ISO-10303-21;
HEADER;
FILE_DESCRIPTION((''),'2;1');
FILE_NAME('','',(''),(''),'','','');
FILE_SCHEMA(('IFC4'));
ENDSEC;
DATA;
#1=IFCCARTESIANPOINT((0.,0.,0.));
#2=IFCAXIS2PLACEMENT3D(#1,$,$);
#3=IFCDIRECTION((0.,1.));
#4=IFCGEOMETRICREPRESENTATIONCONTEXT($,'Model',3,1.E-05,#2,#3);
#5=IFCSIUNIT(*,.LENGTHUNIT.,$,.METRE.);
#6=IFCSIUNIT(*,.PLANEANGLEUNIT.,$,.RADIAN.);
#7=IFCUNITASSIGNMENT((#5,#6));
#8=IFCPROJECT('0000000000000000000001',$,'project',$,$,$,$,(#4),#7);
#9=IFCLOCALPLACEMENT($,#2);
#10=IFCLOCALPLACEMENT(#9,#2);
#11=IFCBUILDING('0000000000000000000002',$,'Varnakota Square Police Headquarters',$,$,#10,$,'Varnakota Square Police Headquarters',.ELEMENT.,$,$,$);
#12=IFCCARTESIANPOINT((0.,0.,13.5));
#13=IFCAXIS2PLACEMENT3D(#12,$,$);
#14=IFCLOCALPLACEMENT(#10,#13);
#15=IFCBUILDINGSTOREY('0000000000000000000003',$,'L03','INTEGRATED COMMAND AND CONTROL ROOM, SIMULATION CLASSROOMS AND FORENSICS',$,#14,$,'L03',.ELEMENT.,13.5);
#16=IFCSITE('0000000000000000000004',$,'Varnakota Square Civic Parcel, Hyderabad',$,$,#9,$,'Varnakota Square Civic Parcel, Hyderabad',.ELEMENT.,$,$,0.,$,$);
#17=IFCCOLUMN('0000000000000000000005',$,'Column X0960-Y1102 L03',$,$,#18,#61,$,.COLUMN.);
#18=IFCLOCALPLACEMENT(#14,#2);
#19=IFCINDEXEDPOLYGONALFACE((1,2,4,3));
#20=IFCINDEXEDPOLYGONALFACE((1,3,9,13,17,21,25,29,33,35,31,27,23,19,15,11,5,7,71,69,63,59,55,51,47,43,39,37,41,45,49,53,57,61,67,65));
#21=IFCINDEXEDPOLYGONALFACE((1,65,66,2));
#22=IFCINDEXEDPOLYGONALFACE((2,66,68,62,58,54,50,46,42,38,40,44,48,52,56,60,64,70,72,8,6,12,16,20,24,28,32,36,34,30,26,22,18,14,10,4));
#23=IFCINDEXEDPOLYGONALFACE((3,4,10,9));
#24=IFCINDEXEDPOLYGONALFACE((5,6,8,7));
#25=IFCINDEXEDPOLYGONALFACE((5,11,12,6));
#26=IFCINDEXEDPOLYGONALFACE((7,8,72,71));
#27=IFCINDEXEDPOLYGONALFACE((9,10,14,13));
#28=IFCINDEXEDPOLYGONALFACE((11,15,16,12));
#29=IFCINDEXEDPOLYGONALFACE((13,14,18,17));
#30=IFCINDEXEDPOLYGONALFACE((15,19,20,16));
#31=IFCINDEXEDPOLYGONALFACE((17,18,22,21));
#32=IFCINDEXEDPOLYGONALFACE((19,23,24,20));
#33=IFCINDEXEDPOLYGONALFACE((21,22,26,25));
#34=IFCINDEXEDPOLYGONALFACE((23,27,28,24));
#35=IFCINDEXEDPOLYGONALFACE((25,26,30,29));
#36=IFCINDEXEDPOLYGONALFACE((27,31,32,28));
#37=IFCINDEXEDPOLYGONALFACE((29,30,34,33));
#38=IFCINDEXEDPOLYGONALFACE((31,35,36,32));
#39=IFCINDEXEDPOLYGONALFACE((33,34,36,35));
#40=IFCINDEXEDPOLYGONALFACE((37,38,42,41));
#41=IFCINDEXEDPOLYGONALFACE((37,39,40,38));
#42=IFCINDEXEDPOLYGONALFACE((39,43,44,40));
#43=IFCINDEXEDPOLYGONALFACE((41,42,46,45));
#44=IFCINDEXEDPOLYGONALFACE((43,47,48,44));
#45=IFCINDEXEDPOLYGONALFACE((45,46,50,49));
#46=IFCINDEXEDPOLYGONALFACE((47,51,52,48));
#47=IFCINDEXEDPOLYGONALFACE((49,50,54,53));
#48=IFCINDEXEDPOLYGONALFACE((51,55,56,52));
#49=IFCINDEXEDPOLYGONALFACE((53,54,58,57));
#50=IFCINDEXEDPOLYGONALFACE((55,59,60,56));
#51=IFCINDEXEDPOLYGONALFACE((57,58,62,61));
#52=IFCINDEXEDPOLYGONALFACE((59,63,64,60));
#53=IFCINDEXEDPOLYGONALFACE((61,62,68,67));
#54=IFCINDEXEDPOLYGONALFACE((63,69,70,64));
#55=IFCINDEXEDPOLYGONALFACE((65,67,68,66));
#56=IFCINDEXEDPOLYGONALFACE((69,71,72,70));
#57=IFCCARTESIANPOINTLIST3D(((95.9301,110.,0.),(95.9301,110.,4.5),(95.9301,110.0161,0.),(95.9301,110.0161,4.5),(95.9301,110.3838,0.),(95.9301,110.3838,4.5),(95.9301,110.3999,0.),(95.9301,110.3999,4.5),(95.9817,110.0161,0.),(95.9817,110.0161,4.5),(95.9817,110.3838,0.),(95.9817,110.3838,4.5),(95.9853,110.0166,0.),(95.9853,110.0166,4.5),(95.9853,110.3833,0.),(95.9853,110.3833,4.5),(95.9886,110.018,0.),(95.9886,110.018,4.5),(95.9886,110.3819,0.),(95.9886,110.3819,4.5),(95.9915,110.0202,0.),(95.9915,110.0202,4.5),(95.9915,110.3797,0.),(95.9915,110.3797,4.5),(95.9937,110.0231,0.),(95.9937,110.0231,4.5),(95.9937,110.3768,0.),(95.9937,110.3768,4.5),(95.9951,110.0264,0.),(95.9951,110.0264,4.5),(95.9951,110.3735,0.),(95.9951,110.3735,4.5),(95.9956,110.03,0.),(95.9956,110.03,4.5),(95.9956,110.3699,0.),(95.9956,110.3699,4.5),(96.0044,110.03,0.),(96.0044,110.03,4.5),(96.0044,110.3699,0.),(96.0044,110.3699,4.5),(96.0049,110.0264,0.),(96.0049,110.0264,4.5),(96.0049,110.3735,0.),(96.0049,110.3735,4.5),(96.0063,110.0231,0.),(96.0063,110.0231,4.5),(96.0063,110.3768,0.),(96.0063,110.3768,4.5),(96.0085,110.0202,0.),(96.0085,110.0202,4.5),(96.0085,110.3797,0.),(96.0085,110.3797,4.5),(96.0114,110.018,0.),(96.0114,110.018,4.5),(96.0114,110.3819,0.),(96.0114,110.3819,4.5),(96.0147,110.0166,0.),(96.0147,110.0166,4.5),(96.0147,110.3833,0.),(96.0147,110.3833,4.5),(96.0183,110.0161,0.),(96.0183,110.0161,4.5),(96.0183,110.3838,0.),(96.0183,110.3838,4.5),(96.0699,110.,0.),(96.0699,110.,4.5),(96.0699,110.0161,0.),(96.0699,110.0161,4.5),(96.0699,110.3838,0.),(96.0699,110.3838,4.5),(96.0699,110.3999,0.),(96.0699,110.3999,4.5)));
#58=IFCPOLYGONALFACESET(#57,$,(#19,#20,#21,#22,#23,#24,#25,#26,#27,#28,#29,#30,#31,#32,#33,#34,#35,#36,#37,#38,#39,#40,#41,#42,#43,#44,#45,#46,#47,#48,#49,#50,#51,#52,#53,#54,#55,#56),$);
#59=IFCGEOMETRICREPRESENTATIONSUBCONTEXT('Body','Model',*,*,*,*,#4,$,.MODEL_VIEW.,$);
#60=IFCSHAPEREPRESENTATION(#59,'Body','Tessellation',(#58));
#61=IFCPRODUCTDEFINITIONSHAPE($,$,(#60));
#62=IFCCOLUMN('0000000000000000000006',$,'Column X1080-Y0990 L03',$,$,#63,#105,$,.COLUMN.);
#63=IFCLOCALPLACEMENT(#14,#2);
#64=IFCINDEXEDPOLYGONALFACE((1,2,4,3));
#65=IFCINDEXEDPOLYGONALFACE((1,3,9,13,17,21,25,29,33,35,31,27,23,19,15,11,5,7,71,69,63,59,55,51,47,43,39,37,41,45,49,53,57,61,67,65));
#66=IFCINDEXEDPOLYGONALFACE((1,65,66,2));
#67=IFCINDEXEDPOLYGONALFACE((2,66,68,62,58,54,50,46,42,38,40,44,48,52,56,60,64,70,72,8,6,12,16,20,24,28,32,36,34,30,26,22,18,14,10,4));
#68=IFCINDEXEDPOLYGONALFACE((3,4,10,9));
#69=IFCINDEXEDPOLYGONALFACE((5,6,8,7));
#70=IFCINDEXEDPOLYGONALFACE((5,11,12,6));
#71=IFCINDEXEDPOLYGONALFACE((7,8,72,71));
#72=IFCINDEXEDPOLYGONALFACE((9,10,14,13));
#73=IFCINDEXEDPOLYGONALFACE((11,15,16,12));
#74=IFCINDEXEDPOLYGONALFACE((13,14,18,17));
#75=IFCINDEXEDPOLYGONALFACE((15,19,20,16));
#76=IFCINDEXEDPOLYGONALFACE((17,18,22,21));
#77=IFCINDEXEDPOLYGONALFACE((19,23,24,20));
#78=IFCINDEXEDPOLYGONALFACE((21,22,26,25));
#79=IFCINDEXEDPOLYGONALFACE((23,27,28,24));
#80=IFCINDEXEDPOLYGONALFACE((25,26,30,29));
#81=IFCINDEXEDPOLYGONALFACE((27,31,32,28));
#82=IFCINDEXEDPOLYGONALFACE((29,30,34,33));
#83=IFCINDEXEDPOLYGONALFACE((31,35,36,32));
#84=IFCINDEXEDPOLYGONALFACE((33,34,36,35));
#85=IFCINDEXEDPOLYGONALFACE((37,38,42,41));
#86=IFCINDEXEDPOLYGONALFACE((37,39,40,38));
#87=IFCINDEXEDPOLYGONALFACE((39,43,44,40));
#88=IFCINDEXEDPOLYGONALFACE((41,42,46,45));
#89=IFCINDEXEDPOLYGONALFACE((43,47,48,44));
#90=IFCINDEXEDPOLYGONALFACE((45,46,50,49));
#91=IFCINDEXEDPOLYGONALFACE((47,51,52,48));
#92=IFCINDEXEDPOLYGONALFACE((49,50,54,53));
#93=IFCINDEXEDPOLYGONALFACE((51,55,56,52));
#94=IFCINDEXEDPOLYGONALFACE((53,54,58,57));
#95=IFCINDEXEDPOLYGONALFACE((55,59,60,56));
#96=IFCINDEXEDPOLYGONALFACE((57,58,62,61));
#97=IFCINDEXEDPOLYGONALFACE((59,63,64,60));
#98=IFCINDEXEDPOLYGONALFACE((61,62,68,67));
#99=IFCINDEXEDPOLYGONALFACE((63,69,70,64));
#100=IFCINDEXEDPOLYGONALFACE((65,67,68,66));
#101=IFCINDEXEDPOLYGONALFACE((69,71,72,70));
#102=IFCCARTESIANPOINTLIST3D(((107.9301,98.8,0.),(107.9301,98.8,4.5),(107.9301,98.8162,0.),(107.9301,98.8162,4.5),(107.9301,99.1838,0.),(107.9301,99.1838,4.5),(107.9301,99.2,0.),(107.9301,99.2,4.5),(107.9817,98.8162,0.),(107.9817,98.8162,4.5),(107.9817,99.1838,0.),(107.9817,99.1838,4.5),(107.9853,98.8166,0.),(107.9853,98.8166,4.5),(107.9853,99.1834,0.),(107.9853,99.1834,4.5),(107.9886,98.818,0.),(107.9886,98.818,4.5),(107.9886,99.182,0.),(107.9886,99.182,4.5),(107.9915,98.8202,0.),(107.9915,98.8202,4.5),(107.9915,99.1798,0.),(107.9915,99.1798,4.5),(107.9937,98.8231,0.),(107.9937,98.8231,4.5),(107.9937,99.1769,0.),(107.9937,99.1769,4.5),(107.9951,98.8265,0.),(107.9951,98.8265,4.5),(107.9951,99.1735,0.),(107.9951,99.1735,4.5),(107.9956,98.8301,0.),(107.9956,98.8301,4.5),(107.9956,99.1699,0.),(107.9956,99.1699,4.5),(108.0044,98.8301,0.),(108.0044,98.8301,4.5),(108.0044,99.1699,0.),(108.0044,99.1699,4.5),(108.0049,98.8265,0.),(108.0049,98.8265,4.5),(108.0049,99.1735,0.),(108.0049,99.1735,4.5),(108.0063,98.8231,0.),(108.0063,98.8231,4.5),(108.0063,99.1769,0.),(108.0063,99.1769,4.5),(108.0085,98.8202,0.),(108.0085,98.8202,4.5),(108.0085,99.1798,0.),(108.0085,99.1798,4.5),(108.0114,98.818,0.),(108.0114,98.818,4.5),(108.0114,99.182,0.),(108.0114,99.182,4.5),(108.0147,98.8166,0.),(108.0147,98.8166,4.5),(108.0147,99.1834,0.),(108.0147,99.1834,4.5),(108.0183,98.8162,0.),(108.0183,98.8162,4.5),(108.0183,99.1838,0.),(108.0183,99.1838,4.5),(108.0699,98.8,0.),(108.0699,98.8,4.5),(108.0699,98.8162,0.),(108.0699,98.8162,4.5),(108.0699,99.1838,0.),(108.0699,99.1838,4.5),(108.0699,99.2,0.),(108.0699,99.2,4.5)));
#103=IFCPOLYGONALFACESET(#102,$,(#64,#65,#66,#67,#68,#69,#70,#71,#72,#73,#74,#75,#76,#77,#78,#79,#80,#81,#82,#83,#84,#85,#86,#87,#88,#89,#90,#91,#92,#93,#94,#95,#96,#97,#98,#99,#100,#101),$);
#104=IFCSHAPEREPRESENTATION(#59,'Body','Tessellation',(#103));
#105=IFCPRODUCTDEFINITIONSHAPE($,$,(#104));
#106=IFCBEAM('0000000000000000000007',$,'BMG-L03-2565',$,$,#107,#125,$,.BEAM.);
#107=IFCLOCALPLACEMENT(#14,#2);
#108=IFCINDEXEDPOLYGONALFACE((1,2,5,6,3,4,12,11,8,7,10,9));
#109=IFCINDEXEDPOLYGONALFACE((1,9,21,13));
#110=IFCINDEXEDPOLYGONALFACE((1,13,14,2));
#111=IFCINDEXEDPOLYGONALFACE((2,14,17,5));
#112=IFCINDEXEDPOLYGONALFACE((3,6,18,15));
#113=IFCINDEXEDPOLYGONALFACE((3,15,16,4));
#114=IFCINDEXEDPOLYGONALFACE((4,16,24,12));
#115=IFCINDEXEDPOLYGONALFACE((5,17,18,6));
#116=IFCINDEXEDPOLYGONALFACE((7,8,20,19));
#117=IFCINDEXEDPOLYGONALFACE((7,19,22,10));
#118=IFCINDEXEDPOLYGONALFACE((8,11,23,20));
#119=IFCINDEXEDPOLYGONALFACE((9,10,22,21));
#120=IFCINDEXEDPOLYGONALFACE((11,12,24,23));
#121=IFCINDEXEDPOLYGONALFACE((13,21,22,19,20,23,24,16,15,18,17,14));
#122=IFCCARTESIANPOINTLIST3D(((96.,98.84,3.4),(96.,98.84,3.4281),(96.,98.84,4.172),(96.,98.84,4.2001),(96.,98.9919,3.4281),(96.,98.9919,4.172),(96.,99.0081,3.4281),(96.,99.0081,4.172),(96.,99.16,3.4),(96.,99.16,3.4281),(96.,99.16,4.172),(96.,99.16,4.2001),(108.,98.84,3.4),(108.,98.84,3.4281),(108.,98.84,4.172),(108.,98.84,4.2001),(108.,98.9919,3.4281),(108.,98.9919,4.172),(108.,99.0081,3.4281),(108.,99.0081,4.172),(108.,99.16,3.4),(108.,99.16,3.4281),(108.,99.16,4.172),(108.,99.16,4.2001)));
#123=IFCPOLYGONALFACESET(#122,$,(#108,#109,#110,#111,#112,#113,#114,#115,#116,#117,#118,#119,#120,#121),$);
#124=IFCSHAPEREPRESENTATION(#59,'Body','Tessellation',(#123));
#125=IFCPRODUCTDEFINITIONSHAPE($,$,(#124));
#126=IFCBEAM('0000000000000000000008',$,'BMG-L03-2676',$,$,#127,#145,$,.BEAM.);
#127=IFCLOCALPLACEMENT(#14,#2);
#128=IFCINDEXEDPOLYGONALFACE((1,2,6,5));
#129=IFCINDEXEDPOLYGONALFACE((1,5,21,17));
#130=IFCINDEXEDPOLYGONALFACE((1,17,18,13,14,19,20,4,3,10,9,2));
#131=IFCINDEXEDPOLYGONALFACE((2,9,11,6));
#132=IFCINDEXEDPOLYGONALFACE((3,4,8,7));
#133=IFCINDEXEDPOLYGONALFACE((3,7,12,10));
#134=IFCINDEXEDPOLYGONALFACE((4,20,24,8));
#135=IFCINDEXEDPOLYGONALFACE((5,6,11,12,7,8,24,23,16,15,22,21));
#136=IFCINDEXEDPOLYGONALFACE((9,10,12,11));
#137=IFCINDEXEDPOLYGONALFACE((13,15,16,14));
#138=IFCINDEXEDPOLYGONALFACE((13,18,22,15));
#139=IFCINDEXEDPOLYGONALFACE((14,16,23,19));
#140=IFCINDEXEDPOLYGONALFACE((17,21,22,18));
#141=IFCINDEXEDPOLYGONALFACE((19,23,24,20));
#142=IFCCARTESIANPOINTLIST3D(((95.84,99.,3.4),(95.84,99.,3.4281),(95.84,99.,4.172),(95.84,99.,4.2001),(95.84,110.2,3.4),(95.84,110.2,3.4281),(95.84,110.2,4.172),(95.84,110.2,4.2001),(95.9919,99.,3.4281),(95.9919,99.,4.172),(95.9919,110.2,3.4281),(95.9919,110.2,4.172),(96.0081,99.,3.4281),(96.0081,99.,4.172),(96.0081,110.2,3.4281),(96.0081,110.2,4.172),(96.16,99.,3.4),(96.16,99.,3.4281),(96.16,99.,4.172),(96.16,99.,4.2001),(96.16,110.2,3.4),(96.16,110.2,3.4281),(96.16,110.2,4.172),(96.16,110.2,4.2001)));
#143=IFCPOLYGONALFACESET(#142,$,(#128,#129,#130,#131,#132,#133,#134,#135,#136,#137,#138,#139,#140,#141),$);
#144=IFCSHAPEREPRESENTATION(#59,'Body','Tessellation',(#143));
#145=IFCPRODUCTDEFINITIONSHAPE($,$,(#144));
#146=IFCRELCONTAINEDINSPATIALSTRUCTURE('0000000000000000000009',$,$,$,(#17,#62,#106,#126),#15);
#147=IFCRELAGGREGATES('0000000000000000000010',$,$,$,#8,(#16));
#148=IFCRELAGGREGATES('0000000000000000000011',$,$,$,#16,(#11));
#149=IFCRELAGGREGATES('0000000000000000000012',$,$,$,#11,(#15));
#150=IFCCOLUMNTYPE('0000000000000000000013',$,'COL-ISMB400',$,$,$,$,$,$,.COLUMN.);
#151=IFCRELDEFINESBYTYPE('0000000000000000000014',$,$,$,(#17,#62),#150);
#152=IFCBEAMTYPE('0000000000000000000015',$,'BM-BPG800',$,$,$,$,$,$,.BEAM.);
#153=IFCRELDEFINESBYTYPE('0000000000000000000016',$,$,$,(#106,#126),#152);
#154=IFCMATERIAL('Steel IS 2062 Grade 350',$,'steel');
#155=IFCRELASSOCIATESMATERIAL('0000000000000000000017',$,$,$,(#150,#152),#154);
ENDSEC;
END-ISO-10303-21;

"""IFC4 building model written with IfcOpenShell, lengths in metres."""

from ifc_helpers import new_model, si_unit, direction, frame, origin, origin_2d, place, context, subcontext, project, spatial, i_section, extrude, material, material_profile, profile_set, type_object, element, save


model = new_model("IFC4")

# Units and contexts
model_context = context("Model", 3, precision=1e-05, world=origin(), true_north=direction((0.0, 1.0)))
body_context = subcontext(model_context, "Body", "Model", "MODEL_VIEW")
ifc_project = project(units=[si_unit("LENGTHUNIT", "METRE"), si_unit("PLANEANGLEUNIT", "RADIAN")], contexts=[model_context])

# Site, building, storey
site_placement = place(None, origin())
site = spatial("IfcSite", under=ifc_project, at=site_placement, Name="Varnakota Square Civic Parcel, Hyderabad", LongName="Varnakota Square Civic Parcel, Hyderabad", CompositionType="ELEMENT", RefElevation=0.0)
building_placement = place(site_placement, origin())
building = spatial("IfcBuilding", under=site, at=building_placement, Name="Varnakota Square Police Headquarters", LongName="Varnakota Square Police Headquarters", CompositionType="ELEMENT")
storey_placement = place(building_placement, frame((0.0, 0.0, 13.5)))
storey = spatial("IfcBuildingStorey", under=building, at=storey_placement, Name="L03", Description="INTEGRATED COMMAND AND CONTROL ROOM, SIMULATION CLASSROOMS AND FORENSICS", LongName="L03", CompositionType="ELEMENT", Elevation=13.5)

# Columns
ifc_material_1 = material(Name="Steel IS 2062 Grade 350", Category="steel")
ifc_material_profile_1 = material_profile(ifc_material_1, i_section(OverallWidth=0.1399, OverallDepth=0.3999, WebThickness=0.0088, FlangeThickness=0.0161, FilletRadius=0.0139, at=origin_2d()), Name="ISMB 400")
ifc_profile_set_1 = profile_set([ifc_material_profile_1], Name="Steel IS 2062 Grade 350")
column_type_1 = type_object("IfcColumnType", Name="COL-ISMB400", PredefinedType="COLUMN", material=ifc_profile_set_1)
for number, where, z_axis, x_axis, name in (
    (1, (96.0, 110.2, 0.0), (0.0, 0.0, 1.0), (1.0, 0.0, 0.0), "Column X0960-Y1102 L03"),
    (2, (108.0, 99.0, 0.0), (0.0, 0.0, 1.0), (1.0, 0.0, 0.0), "Column X1080-Y0990 L03"),
):
    element("IfcColumn", number, at=place(storey_placement, frame(where, z_axis=z_axis, x_axis=x_axis)), inside=storey, type_object=column_type_1, Name=name, PredefinedType="COLUMN", context=body_context, shape_type="SweptSolid", body=[
        extrude(i_section(OverallWidth=0.1399, OverallDepth=0.3999, WebThickness=0.0088, FlangeThickness=0.0161, FilletRadius=0.0139, at=origin_2d()), origin(), (0.0, 0.0, 1.0), 4.5),
    ])

# Beams
ifc_material_profile_2 = material_profile(ifc_material_1, i_section(OverallWidth=0.3201, OverallDepth=0.8, WebThickness=0.0161, FlangeThickness=0.0281, at=origin_2d()), Name="BPG 800x320")
ifc_profile_set_2 = profile_set([ifc_material_profile_2], Name="Steel IS 2062 Grade 350")
beam_type_1 = type_object("IfcBeamType", Name="BM-BPG800", PredefinedType="BEAM", material=ifc_profile_set_2)
beam_1_placement = place(storey_placement, frame((96.0, 99.0, 3.8), z_axis=(1.0, 0.0, 0.0), x_axis=(0.0, 1.0, 0.0)))
element("IfcBeam", 3, at=beam_1_placement, inside=storey, type_object=beam_type_1, Name="BMG-L03-2565", PredefinedType="BEAM", context=body_context, shape_type="SweptSolid", body=[
    extrude(i_section(OverallWidth=0.3201, OverallDepth=0.8, WebThickness=0.0161, FlangeThickness=0.0281, at=origin_2d()), origin(), (0.0, 0.0, 1.0), 12.0),
])
beam_2_placement = place(storey_placement, frame((96.0, 99.0, 3.8), z_axis=(0.0, 1.0, 0.0), x_axis=(-1.0, 0.0, 0.0)))
element("IfcBeam", 4, at=beam_2_placement, inside=storey, type_object=beam_type_1, Name="BMG-L03-2676", PredefinedType="BEAM", context=body_context, shape_type="SweptSolid", body=[
    extrude(i_section(OverallWidth=0.3201, OverallDepth=0.8, WebThickness=0.0161, FlangeThickness=0.0281, at=origin_2d()), origin(), (0.0, 0.0, 1.0), 11.2),
])

save(model, "model.ifc")
